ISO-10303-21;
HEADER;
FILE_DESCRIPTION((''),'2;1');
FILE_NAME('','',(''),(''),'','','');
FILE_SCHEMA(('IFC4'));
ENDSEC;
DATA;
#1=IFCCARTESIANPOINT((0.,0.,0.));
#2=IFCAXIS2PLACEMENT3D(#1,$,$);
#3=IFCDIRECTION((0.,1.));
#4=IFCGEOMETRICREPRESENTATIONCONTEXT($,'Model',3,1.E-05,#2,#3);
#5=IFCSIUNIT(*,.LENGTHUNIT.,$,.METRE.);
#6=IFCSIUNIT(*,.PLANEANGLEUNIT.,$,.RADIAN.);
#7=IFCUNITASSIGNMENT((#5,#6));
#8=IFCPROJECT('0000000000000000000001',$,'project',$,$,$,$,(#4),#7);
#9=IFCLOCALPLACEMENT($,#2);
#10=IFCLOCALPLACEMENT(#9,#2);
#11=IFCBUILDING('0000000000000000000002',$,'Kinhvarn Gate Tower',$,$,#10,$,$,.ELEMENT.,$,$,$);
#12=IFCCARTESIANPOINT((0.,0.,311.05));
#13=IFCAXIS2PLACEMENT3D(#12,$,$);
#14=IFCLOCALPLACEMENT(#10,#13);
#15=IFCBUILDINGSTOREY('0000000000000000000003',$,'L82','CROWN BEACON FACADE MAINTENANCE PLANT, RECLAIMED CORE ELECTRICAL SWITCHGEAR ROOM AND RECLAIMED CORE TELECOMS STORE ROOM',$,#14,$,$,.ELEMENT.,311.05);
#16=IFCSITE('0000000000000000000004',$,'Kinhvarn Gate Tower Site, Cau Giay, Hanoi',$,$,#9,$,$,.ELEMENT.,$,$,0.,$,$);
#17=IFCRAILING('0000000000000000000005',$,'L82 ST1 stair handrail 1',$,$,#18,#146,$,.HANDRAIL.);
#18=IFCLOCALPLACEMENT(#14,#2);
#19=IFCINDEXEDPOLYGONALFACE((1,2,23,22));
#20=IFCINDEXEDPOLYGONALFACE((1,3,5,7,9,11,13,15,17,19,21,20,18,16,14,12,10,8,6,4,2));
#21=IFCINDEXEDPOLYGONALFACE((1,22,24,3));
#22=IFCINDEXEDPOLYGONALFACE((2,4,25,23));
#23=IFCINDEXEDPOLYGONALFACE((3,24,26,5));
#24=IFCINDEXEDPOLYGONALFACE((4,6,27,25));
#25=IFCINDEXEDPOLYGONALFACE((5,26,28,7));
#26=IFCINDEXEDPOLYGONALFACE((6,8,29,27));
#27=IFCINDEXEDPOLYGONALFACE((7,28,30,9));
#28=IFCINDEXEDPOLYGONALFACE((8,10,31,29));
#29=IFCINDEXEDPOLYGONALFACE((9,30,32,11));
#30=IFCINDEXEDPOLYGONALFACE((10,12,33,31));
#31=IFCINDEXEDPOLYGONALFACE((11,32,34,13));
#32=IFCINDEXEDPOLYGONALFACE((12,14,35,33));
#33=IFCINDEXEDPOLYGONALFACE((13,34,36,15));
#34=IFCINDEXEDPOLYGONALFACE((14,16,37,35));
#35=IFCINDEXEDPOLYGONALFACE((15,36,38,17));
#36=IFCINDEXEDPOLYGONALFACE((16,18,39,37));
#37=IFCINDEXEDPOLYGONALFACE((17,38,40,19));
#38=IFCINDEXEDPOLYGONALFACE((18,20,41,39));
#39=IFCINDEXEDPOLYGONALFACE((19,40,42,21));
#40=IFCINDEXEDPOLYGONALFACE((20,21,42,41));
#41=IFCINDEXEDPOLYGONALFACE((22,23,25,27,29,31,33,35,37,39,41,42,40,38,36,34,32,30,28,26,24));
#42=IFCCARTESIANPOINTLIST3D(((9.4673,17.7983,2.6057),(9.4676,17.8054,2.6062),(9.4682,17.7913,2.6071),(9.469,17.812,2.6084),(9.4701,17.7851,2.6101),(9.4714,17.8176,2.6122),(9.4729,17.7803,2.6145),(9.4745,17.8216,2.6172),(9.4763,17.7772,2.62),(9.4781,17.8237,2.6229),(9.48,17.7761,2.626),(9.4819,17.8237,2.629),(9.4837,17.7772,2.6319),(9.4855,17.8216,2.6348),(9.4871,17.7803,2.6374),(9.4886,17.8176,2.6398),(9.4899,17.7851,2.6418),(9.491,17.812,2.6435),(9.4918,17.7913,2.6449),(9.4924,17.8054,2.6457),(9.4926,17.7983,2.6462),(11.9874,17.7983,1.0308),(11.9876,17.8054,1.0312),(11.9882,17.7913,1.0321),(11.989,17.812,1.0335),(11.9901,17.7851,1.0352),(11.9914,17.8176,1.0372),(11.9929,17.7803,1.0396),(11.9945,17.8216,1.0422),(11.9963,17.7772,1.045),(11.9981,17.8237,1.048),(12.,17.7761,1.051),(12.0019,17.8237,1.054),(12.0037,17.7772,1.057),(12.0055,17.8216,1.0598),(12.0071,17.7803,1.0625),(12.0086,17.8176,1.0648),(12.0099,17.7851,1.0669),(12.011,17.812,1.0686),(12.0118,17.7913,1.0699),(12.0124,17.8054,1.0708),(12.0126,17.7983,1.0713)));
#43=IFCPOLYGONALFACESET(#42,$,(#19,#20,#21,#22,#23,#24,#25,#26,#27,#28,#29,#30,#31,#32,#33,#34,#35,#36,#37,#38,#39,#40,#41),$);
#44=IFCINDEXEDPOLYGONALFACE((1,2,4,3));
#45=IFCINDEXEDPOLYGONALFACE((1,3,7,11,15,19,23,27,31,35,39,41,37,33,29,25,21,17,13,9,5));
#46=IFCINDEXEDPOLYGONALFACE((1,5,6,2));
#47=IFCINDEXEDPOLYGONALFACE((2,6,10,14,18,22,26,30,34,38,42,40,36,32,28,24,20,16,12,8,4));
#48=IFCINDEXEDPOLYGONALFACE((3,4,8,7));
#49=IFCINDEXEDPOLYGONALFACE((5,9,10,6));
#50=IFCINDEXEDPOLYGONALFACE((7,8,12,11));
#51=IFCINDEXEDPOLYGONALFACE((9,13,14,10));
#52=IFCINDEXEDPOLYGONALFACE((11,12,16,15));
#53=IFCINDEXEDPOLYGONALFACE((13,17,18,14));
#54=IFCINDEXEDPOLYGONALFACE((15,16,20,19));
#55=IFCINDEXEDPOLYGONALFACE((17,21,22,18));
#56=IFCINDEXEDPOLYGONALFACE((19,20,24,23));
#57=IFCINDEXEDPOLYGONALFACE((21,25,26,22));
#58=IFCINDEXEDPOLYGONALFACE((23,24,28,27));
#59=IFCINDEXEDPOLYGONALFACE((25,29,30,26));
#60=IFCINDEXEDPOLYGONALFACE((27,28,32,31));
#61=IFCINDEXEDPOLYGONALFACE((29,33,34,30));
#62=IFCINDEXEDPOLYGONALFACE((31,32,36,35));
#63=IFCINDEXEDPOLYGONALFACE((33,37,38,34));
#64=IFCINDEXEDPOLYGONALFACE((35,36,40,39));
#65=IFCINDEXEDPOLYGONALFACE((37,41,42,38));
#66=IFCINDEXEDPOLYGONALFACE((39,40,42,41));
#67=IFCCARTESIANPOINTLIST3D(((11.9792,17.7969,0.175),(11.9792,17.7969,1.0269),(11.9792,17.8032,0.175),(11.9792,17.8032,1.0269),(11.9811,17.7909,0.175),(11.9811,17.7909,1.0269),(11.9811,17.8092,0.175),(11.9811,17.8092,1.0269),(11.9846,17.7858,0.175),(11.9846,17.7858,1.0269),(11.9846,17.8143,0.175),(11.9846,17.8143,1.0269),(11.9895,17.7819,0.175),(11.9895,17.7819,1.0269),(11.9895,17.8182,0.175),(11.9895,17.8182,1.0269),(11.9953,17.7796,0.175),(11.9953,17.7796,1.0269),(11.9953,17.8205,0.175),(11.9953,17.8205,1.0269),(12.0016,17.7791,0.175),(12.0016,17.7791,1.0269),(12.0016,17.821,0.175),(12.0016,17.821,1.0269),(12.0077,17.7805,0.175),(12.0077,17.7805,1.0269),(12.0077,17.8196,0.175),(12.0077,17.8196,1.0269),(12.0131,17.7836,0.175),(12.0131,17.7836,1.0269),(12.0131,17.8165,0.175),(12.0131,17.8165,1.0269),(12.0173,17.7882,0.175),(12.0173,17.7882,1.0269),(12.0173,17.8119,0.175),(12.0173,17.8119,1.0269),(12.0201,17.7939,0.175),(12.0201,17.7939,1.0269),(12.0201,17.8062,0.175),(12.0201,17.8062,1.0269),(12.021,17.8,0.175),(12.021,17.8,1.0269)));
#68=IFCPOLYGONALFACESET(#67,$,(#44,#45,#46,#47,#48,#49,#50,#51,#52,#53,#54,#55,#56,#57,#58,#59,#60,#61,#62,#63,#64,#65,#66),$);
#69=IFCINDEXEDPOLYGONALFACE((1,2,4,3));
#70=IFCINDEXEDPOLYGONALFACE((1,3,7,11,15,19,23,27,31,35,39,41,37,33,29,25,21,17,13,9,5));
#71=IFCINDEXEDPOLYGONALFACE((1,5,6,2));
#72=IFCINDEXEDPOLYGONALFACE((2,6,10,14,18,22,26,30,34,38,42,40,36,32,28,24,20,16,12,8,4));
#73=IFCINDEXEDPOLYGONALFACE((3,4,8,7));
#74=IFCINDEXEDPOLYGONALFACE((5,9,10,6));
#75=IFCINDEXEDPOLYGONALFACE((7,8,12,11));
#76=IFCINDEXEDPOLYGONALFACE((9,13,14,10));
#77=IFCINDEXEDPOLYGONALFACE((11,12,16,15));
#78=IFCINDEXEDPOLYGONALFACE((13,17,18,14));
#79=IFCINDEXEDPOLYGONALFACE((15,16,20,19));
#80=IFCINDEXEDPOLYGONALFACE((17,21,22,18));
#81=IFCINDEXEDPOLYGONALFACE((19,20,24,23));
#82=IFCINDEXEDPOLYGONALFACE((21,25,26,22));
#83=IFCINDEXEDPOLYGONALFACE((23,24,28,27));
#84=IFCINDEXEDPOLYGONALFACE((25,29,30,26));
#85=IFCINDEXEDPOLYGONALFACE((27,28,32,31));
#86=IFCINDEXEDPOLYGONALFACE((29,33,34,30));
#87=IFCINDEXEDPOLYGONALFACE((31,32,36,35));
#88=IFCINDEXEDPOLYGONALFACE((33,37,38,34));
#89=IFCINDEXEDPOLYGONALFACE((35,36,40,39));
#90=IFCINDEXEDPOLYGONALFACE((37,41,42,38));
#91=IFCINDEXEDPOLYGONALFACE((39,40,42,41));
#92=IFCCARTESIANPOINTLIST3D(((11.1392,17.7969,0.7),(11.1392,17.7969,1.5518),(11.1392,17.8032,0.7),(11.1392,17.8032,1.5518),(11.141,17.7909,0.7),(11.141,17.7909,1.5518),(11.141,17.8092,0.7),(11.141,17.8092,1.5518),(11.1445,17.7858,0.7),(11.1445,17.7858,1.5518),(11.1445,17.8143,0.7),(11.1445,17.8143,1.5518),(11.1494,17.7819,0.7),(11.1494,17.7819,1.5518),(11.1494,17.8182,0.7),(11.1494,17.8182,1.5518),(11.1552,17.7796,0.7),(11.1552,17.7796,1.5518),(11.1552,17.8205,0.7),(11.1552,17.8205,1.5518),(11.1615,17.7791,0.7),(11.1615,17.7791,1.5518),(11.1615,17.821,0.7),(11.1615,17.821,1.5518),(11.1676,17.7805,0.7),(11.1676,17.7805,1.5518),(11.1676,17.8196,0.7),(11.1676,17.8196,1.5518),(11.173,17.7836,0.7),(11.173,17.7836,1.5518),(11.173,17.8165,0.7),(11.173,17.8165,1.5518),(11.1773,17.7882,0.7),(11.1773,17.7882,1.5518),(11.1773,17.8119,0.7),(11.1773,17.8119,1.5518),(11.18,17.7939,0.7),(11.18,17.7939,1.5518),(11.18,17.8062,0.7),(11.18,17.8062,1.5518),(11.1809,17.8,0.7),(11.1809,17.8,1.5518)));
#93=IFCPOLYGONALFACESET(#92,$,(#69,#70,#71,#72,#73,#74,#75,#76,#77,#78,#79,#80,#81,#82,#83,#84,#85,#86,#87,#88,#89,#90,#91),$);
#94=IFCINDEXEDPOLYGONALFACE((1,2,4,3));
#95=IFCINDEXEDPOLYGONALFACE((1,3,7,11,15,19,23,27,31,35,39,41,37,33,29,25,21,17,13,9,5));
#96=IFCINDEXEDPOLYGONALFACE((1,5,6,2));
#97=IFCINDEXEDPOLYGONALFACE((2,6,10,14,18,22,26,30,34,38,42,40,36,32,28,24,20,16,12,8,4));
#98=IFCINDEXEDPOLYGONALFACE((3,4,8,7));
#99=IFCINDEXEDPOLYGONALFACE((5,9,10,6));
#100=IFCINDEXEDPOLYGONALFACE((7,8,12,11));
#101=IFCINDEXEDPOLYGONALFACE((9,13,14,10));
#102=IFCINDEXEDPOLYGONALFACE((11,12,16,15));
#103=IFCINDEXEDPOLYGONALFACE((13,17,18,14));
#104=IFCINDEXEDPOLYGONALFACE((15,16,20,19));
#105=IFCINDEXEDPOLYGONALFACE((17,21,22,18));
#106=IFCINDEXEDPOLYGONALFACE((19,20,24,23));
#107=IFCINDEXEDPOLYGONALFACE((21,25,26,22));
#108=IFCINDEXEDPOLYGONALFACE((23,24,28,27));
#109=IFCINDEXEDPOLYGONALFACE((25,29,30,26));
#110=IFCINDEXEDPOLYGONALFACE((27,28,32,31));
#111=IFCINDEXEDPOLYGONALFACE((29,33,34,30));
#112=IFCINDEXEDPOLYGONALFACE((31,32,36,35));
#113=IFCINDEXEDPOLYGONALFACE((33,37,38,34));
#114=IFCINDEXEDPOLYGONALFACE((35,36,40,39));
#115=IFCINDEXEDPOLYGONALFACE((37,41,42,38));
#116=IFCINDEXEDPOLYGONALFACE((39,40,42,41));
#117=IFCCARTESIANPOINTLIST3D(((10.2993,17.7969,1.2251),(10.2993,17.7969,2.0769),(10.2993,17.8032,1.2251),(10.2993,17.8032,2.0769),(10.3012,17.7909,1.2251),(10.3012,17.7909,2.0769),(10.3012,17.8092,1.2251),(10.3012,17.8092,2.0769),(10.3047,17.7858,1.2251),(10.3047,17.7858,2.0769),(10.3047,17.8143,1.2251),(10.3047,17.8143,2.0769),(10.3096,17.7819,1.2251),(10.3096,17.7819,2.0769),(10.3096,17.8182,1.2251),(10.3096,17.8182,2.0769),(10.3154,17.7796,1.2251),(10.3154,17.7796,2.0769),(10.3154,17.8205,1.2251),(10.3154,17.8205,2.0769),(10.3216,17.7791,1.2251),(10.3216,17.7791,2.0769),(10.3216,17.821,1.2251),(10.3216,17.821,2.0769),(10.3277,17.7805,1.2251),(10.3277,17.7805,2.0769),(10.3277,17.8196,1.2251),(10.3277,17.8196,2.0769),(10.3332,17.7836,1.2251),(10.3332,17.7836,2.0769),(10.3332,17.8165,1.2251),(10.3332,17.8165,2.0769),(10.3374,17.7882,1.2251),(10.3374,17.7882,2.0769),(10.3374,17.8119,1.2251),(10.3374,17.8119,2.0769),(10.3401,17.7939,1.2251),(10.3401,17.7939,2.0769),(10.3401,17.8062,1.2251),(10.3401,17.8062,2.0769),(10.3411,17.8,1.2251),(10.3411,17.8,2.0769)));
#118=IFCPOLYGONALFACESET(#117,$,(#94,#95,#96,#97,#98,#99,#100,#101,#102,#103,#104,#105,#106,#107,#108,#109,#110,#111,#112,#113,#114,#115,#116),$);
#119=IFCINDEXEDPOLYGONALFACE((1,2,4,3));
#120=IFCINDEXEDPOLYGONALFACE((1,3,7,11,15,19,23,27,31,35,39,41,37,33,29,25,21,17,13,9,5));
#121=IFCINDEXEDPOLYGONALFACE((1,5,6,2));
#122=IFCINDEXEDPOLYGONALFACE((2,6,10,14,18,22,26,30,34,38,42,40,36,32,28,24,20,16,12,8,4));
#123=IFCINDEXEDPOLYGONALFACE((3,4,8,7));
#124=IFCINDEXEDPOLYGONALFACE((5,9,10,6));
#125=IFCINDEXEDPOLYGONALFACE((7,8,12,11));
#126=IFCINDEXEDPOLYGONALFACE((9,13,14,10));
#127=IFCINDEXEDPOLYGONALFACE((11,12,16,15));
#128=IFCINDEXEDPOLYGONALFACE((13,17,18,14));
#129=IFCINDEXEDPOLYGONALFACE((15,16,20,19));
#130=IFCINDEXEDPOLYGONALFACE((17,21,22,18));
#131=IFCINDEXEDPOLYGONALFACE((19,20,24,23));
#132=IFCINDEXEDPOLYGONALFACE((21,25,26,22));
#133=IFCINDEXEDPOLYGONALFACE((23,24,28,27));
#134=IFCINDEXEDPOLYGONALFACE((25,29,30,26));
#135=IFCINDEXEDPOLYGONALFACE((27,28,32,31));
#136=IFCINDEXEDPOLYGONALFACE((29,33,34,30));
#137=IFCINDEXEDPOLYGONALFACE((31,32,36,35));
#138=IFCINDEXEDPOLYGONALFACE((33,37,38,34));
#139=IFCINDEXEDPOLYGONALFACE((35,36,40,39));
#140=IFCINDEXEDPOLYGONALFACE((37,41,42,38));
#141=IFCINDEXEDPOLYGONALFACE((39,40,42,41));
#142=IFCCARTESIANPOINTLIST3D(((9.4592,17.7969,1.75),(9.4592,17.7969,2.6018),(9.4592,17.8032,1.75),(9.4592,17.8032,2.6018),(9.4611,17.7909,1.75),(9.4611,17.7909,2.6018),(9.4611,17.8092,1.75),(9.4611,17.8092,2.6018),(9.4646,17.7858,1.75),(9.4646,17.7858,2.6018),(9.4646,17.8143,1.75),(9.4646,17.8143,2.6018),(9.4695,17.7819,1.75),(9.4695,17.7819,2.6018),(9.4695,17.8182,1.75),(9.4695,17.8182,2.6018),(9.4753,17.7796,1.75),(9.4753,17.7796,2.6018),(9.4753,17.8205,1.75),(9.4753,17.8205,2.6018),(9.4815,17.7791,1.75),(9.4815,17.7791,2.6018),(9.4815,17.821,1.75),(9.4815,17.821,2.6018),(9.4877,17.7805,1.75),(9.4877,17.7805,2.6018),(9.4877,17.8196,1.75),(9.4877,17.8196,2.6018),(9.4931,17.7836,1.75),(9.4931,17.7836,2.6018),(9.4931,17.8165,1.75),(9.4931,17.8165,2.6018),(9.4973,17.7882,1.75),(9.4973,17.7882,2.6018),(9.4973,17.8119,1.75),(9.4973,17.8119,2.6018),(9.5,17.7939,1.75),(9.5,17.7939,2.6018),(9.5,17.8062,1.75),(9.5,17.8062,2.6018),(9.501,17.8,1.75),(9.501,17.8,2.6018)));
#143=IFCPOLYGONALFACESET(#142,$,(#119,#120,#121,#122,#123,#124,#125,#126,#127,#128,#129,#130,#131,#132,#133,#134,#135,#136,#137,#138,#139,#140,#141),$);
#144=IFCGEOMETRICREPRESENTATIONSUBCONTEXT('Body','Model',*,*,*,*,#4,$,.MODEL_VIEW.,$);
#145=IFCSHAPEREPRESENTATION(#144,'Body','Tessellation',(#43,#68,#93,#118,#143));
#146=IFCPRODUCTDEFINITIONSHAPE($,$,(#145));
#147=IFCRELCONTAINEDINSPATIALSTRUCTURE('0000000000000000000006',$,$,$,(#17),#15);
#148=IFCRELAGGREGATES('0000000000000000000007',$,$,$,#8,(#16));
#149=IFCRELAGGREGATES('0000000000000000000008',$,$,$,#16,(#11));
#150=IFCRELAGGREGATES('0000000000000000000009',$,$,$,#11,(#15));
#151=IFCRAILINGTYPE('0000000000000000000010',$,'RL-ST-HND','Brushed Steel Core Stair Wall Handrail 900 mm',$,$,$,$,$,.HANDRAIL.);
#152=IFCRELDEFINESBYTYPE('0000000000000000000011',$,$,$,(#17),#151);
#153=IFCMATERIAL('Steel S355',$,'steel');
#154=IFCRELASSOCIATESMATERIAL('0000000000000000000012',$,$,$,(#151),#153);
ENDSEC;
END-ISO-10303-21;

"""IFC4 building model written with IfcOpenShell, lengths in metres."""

from ifc_helpers import new_model, si_unit, direction, frame, origin, origin_2d, place, context, subcontext, project, spatial, circle, extrude, material, type_object, element, save


model = new_model("IFC4")

# Units and contexts
model_context = context("Model", 3, precision=1e-05, world=origin(), true_north=direction((0.0, 1.0)))
body_context = subcontext(model_context, "Body", "Model", "MODEL_VIEW")
ifc_project = project(units=[si_unit("LENGTHUNIT", "METRE"), si_unit("PLANEANGLEUNIT", "RADIAN")], contexts=[model_context])

# Site, building, storey
site_placement = place(None, origin())
site = spatial("IfcSite", under=ifc_project, at=site_placement, Name="Kinhvarn Gate Tower Site, Cau Giay, Hanoi", CompositionType="ELEMENT", RefElevation=0.0)
building_placement = place(site_placement, origin())
building = spatial("IfcBuilding", under=site, at=building_placement, Name="Kinhvarn Gate Tower", CompositionType="ELEMENT")
storey_placement = place(building_placement, frame((0.0, 0.0, 311.05)))
storey = spatial("IfcBuildingStorey", under=building, at=storey_placement, Name="L82", Description="CROWN BEACON FACADE MAINTENANCE PLANT, RECLAIMED CORE ELECTRICAL SWITCHGEAR ROOM AND RECLAIMED CORE TELECOMS STORE ROOM", CompositionType="ELEMENT", Elevation=311.05)

# Railing
ifc_material_1 = material(Name="Steel S355", Category="steel")
railing_type_1 = type_object("IfcRailingType", Name="RL-ST-HND", Description="Brushed Steel Core Stair Wall Handrail 900 mm", PredefinedType="HANDRAIL", material=ifc_material_1)
railing_1_placement = place(storey_placement, frame((12.0, 17.8, 0.175)))
element("IfcRailing", 1, at=railing_1_placement, inside=storey, type_object=railing_type_1, Name="L82 ST1 stair handrail 1", PredefinedType="HANDRAIL", context=body_context, shape_type="SweptSolid", body=[
    extrude(circle(Radius=0.0239, at=origin_2d()), frame((0.0, 0.0, 0.876), z_axis=(-0.848008, 0.0, 0.529984), x_axis=(0.0, -1.0, 0.0)), (0.0, 0.0, 1.0), 2.9717),
    extrude(circle(Radius=0.021, at=origin_2d()), origin(), (0.0, 0.0, 1.0), 0.8518),
    extrude(circle(Radius=0.021, at=origin_2d()), frame((-0.8401, 0.0, 0.5249)), (0.0, 0.0, 1.0), 0.8518),
    extrude(circle(Radius=0.021, at=origin_2d()), frame((-1.6799, 0.0, 1.05)), (0.0, 0.0, 1.0), 0.8518),
    extrude(circle(Radius=0.021, at=origin_2d()), frame((-2.52, 0.0, 1.575)), (0.0, 0.0, 1.0), 0.8518),
])

save(model, "model.ifc")
